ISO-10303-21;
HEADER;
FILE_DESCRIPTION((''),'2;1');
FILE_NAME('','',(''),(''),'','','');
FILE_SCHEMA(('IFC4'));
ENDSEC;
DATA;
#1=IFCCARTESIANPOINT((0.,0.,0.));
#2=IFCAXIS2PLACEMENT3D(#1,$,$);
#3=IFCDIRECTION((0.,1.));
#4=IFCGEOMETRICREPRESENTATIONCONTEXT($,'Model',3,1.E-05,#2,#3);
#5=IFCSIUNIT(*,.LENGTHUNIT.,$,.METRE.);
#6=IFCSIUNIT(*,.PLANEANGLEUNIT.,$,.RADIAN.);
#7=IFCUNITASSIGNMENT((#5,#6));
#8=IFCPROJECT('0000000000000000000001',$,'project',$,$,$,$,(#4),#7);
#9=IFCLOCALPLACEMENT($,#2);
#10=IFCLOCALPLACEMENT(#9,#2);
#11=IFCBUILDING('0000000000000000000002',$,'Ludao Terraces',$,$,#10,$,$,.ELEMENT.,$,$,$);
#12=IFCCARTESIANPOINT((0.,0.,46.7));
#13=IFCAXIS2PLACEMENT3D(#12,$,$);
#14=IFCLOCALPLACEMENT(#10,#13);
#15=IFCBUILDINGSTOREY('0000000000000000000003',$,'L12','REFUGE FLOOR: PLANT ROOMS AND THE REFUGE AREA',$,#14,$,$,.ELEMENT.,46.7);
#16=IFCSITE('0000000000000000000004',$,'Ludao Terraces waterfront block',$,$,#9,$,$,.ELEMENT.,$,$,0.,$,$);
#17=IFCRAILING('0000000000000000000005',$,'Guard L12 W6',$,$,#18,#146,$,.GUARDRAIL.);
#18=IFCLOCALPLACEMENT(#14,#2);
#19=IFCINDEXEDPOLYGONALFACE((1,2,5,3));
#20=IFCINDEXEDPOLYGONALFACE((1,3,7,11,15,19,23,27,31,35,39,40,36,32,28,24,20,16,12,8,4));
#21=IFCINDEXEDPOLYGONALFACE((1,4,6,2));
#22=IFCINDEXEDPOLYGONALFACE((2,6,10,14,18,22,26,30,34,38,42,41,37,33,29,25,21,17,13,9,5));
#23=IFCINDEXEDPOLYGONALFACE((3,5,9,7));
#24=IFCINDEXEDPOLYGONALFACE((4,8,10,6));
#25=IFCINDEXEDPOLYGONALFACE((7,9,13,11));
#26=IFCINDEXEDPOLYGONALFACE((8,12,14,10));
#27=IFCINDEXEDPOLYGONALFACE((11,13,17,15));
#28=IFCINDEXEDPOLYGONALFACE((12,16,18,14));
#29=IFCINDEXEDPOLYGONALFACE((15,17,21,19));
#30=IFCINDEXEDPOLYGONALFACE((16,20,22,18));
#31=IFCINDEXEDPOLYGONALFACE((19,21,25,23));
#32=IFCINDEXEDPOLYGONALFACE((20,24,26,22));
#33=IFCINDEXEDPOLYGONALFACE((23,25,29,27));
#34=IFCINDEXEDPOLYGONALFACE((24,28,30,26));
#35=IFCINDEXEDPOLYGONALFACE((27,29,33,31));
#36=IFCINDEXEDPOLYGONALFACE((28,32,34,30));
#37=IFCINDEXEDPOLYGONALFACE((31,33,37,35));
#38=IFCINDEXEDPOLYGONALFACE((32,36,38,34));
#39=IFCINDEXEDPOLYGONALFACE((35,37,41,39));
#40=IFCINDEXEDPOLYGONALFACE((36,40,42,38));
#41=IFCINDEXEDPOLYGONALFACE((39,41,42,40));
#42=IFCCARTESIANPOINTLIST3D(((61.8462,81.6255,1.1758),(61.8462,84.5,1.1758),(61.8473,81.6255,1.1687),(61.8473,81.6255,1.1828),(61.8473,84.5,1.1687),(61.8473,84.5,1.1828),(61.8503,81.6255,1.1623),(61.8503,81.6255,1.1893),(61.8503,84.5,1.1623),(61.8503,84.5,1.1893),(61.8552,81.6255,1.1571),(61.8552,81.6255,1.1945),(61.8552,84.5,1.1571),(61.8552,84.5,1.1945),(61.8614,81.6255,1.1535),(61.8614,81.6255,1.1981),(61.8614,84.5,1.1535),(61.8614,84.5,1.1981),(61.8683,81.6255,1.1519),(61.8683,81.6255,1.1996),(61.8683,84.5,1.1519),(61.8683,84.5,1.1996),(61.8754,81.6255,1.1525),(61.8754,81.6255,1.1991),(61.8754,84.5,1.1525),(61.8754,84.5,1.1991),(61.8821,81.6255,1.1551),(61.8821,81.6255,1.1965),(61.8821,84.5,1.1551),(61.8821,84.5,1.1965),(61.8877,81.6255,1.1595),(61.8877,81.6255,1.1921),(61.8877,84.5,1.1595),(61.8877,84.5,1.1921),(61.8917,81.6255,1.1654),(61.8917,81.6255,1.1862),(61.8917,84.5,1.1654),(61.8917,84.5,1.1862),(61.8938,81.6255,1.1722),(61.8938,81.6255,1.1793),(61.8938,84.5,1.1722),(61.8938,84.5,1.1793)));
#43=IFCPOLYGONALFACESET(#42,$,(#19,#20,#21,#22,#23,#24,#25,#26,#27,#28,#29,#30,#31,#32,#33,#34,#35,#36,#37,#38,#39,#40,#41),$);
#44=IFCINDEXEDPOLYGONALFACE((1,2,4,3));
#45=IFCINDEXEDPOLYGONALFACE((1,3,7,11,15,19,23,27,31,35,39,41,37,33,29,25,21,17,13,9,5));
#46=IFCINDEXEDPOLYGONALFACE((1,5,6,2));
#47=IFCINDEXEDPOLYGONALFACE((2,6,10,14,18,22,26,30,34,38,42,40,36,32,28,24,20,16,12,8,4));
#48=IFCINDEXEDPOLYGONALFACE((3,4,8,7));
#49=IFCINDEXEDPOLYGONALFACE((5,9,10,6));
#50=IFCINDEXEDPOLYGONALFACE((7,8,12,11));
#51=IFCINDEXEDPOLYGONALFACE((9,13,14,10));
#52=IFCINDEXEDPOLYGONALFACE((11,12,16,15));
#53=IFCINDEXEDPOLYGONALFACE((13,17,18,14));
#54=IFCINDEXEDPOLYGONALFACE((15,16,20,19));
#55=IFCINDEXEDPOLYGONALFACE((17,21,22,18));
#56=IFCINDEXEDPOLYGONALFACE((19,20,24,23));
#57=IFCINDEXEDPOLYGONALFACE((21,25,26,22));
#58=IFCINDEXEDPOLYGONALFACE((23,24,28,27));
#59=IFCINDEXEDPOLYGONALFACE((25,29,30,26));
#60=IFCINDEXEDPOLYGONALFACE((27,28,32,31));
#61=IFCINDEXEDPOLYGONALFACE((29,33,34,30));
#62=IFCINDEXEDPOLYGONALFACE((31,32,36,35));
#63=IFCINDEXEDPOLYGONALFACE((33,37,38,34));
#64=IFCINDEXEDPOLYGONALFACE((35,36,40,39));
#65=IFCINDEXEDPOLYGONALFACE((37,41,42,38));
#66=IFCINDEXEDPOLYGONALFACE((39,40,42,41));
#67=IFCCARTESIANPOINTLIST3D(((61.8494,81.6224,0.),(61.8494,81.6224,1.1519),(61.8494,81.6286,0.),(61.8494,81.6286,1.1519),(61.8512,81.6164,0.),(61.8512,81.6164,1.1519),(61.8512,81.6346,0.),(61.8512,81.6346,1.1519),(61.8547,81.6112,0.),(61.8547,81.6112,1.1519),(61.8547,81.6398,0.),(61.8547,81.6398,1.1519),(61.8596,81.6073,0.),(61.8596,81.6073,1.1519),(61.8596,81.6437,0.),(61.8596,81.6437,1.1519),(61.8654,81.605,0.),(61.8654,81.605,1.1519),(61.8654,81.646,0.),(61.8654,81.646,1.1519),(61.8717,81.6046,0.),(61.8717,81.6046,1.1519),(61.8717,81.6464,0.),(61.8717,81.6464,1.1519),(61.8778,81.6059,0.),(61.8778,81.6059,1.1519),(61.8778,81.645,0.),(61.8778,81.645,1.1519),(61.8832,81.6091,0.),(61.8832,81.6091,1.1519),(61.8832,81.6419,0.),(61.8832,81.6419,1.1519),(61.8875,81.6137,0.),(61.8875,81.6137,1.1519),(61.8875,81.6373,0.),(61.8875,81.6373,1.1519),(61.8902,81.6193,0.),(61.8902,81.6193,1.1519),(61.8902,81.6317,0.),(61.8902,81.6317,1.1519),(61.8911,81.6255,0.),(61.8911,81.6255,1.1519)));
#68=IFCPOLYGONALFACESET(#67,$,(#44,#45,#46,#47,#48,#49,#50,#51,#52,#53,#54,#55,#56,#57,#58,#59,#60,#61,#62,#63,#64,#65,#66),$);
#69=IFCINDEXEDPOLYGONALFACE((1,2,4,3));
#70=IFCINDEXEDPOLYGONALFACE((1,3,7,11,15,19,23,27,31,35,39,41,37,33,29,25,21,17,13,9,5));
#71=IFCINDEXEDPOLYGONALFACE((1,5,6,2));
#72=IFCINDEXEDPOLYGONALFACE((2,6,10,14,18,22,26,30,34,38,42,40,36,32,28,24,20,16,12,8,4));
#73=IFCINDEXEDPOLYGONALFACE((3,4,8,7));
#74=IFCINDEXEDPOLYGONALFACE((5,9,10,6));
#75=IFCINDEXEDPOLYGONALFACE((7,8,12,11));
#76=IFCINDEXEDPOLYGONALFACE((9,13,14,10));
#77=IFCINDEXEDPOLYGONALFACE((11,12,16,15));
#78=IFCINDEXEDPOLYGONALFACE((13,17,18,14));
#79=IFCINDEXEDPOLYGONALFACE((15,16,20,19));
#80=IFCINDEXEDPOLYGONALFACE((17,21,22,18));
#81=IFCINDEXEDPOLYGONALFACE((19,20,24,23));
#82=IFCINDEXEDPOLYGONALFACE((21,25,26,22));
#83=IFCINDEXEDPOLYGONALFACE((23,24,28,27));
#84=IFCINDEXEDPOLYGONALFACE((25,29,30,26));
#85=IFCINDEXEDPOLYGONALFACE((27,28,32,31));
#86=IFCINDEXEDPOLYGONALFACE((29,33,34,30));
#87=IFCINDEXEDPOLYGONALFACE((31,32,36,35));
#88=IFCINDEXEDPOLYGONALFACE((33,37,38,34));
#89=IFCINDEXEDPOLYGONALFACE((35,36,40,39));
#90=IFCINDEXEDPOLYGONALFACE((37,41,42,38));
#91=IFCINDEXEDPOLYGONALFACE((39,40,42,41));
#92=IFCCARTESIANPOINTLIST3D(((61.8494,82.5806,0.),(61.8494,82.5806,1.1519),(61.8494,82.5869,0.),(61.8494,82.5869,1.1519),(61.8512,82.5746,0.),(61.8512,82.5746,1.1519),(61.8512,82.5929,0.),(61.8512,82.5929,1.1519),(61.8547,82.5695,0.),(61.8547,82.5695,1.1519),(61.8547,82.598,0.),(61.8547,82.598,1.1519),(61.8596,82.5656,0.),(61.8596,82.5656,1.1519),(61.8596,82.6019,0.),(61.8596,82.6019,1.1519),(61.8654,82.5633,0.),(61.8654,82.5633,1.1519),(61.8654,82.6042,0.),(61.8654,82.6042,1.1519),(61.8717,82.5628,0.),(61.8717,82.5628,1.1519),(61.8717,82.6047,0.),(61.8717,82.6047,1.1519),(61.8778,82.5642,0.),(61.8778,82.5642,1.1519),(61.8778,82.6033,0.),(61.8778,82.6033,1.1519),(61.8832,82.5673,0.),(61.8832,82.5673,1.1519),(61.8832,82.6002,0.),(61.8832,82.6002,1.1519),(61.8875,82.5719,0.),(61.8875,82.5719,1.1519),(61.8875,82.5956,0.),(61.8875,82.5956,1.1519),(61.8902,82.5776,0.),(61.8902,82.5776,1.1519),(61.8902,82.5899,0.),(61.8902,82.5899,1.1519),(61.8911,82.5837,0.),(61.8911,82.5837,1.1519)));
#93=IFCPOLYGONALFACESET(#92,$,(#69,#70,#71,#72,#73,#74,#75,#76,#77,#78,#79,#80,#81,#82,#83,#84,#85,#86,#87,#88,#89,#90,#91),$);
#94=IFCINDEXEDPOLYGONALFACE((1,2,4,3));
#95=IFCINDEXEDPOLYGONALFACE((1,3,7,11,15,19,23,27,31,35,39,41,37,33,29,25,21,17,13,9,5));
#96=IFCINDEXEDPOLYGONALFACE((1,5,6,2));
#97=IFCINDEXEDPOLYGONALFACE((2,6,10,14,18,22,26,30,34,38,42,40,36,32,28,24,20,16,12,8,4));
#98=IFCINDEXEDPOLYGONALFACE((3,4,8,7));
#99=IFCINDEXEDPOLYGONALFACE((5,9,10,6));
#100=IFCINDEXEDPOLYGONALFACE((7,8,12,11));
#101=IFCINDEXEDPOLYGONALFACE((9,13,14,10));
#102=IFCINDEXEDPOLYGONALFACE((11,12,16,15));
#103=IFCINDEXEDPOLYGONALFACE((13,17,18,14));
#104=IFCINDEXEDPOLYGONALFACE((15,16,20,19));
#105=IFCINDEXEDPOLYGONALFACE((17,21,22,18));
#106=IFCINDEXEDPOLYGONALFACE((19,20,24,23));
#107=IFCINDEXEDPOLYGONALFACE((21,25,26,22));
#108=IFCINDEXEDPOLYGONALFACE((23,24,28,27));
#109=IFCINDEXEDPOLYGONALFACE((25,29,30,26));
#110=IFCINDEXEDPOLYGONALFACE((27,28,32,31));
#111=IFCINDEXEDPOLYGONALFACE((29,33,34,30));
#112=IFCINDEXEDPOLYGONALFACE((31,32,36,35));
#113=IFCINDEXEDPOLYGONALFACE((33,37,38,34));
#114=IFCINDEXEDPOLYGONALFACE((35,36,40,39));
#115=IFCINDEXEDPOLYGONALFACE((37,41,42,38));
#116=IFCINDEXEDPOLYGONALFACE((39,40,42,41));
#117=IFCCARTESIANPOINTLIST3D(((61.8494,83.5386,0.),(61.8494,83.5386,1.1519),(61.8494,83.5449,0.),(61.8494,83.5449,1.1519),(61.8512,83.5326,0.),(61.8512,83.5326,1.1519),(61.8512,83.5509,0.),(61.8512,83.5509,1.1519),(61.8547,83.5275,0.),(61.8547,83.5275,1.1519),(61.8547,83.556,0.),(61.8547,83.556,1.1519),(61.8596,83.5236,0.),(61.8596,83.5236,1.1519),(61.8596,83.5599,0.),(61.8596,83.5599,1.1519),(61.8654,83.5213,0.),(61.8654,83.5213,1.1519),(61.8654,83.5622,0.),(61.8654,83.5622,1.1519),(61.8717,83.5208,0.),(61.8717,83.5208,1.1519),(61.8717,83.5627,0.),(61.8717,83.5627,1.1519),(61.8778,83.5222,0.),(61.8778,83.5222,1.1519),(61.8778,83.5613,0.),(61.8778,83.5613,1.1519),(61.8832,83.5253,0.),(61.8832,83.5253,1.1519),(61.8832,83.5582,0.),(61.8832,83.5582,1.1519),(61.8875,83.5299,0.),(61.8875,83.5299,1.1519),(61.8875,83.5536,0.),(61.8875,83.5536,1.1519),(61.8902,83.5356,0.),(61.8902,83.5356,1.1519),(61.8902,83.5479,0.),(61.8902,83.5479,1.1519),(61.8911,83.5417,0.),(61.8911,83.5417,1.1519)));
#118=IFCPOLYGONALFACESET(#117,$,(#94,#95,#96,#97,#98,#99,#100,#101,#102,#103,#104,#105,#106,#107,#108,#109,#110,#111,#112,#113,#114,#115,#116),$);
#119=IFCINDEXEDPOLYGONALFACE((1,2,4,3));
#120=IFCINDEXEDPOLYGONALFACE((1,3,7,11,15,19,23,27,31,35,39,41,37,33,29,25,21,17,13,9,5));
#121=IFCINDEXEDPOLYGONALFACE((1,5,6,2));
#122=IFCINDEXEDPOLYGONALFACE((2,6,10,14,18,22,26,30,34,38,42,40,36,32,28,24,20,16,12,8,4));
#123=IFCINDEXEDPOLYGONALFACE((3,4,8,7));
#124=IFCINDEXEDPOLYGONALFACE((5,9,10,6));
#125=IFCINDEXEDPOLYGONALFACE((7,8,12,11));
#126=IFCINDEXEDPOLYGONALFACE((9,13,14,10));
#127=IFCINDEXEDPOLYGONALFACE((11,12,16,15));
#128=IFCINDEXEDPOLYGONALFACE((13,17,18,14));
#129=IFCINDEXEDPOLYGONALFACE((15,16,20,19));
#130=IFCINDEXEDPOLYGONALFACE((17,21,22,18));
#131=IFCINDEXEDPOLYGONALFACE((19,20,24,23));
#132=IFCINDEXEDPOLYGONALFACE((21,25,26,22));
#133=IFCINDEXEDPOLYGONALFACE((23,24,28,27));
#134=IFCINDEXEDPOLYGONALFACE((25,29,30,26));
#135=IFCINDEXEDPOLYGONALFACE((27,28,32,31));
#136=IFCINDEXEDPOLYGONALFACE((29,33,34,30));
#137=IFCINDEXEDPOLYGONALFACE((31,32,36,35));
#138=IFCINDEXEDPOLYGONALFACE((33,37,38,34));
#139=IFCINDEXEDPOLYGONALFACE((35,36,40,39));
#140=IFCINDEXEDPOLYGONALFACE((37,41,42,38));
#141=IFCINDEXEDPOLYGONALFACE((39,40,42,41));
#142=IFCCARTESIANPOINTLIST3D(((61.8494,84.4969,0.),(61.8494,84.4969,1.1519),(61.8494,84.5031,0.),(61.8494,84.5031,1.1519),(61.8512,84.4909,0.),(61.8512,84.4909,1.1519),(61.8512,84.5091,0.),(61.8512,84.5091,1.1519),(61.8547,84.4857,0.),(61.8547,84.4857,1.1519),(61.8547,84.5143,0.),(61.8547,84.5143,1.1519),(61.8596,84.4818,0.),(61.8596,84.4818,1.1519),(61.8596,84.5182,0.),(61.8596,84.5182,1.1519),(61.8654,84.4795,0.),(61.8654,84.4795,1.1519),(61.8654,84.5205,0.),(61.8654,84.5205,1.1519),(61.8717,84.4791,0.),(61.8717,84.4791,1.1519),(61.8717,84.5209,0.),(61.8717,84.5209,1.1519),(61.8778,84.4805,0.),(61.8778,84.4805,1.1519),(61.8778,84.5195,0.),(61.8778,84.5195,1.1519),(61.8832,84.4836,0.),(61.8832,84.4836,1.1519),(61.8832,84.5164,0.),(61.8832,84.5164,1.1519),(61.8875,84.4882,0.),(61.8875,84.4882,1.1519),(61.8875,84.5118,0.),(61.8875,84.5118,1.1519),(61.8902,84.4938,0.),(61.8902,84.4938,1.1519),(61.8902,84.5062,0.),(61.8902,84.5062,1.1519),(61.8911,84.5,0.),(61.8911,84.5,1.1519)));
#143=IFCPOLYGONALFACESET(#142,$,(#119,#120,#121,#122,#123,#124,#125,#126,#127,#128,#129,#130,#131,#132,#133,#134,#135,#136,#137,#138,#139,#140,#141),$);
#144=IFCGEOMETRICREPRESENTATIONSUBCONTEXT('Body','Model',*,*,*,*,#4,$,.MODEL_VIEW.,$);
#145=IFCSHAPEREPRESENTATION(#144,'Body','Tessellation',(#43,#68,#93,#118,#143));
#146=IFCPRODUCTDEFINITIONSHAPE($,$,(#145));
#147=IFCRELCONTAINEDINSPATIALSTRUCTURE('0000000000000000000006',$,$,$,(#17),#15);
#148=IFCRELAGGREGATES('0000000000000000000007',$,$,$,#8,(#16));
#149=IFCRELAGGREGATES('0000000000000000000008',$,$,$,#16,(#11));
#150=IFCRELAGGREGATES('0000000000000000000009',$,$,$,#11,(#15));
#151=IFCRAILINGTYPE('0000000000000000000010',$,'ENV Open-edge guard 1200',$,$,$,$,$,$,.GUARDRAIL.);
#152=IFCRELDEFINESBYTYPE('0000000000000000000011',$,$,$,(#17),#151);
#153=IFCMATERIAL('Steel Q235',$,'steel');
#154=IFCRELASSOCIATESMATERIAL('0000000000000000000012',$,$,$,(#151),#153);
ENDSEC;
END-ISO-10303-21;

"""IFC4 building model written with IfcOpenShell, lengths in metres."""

from ifc_helpers import new_model, si_unit, direction, frame, origin, origin_2d, place, context, subcontext, project, spatial, circle, extrude, material, type_object, element, save


model = new_model("IFC4")

# Units and contexts
model_context = context("Model", 3, precision=1e-05, world=origin(), true_north=direction((0.0, 1.0)))
body_context = subcontext(model_context, "Body", "Model", "MODEL_VIEW")
ifc_project = project(units=[si_unit("LENGTHUNIT", "METRE"), si_unit("PLANEANGLEUNIT", "RADIAN")], contexts=[model_context])

# Site, building, storey
site_placement = place(None, origin())
site = spatial("IfcSite", under=ifc_project, at=site_placement, Name="Ludao Terraces waterfront block", CompositionType="ELEMENT", RefElevation=0.0)
building_placement = place(site_placement, origin())
building = spatial("IfcBuilding", under=site, at=building_placement, Name="Ludao Terraces", CompositionType="ELEMENT")
storey_placement = place(building_placement, frame((0.0, 0.0, 46.7)))
storey = spatial("IfcBuildingStorey", under=building, at=storey_placement, Name="L12", Description="REFUGE FLOOR: PLANT ROOMS AND THE REFUGE AREA", CompositionType="ELEMENT", Elevation=46.7)

# Shared definitions
ifc_material_1 = material(Name="Steel Q235", Category="steel")

# Railing
railing_type = type_object("IfcRailingType", Name="ENV Open-edge guard 1200", PredefinedType="GUARDRAIL", material=ifc_material_1)
railing_1_placement = place(storey_placement, frame((61.8701, 81.6255, 0.0)))
element("IfcRailing", 1, at=railing_1_placement, inside=storey, type_object=railing_type, Name="Guard L12 W6", PredefinedType="GUARDRAIL", context=body_context, shape_type="SweptSolid", body=[
    extrude(circle(Radius=0.0239, at=origin_2d()), frame((0.0, 0.0, 1.1758), z_axis=(0.0, 1.0, 0.0), x_axis=(-1.0, 0.0, 0.0)), (0.0, 0.0, 1.0), 2.8745),
    extrude(circle(Radius=0.021, at=origin_2d()), origin(), (0.0, 0.0, 1.0), 1.1519),
    extrude(circle(Radius=0.021, at=origin_2d()), frame((0.0, 0.9583, 0.0)), (0.0, 0.0, 1.0), 1.1519),
    extrude(circle(Radius=0.021, at=origin_2d()), frame((0.0, 1.9163, 0.0)), (0.0, 0.0, 1.0), 1.1519),
    extrude(circle(Radius=0.021, at=origin_2d()), frame((0.0, 2.8745, 0.0)), (0.0, 0.0, 1.0), 1.1519),
])

save(model, "model.ifc")
